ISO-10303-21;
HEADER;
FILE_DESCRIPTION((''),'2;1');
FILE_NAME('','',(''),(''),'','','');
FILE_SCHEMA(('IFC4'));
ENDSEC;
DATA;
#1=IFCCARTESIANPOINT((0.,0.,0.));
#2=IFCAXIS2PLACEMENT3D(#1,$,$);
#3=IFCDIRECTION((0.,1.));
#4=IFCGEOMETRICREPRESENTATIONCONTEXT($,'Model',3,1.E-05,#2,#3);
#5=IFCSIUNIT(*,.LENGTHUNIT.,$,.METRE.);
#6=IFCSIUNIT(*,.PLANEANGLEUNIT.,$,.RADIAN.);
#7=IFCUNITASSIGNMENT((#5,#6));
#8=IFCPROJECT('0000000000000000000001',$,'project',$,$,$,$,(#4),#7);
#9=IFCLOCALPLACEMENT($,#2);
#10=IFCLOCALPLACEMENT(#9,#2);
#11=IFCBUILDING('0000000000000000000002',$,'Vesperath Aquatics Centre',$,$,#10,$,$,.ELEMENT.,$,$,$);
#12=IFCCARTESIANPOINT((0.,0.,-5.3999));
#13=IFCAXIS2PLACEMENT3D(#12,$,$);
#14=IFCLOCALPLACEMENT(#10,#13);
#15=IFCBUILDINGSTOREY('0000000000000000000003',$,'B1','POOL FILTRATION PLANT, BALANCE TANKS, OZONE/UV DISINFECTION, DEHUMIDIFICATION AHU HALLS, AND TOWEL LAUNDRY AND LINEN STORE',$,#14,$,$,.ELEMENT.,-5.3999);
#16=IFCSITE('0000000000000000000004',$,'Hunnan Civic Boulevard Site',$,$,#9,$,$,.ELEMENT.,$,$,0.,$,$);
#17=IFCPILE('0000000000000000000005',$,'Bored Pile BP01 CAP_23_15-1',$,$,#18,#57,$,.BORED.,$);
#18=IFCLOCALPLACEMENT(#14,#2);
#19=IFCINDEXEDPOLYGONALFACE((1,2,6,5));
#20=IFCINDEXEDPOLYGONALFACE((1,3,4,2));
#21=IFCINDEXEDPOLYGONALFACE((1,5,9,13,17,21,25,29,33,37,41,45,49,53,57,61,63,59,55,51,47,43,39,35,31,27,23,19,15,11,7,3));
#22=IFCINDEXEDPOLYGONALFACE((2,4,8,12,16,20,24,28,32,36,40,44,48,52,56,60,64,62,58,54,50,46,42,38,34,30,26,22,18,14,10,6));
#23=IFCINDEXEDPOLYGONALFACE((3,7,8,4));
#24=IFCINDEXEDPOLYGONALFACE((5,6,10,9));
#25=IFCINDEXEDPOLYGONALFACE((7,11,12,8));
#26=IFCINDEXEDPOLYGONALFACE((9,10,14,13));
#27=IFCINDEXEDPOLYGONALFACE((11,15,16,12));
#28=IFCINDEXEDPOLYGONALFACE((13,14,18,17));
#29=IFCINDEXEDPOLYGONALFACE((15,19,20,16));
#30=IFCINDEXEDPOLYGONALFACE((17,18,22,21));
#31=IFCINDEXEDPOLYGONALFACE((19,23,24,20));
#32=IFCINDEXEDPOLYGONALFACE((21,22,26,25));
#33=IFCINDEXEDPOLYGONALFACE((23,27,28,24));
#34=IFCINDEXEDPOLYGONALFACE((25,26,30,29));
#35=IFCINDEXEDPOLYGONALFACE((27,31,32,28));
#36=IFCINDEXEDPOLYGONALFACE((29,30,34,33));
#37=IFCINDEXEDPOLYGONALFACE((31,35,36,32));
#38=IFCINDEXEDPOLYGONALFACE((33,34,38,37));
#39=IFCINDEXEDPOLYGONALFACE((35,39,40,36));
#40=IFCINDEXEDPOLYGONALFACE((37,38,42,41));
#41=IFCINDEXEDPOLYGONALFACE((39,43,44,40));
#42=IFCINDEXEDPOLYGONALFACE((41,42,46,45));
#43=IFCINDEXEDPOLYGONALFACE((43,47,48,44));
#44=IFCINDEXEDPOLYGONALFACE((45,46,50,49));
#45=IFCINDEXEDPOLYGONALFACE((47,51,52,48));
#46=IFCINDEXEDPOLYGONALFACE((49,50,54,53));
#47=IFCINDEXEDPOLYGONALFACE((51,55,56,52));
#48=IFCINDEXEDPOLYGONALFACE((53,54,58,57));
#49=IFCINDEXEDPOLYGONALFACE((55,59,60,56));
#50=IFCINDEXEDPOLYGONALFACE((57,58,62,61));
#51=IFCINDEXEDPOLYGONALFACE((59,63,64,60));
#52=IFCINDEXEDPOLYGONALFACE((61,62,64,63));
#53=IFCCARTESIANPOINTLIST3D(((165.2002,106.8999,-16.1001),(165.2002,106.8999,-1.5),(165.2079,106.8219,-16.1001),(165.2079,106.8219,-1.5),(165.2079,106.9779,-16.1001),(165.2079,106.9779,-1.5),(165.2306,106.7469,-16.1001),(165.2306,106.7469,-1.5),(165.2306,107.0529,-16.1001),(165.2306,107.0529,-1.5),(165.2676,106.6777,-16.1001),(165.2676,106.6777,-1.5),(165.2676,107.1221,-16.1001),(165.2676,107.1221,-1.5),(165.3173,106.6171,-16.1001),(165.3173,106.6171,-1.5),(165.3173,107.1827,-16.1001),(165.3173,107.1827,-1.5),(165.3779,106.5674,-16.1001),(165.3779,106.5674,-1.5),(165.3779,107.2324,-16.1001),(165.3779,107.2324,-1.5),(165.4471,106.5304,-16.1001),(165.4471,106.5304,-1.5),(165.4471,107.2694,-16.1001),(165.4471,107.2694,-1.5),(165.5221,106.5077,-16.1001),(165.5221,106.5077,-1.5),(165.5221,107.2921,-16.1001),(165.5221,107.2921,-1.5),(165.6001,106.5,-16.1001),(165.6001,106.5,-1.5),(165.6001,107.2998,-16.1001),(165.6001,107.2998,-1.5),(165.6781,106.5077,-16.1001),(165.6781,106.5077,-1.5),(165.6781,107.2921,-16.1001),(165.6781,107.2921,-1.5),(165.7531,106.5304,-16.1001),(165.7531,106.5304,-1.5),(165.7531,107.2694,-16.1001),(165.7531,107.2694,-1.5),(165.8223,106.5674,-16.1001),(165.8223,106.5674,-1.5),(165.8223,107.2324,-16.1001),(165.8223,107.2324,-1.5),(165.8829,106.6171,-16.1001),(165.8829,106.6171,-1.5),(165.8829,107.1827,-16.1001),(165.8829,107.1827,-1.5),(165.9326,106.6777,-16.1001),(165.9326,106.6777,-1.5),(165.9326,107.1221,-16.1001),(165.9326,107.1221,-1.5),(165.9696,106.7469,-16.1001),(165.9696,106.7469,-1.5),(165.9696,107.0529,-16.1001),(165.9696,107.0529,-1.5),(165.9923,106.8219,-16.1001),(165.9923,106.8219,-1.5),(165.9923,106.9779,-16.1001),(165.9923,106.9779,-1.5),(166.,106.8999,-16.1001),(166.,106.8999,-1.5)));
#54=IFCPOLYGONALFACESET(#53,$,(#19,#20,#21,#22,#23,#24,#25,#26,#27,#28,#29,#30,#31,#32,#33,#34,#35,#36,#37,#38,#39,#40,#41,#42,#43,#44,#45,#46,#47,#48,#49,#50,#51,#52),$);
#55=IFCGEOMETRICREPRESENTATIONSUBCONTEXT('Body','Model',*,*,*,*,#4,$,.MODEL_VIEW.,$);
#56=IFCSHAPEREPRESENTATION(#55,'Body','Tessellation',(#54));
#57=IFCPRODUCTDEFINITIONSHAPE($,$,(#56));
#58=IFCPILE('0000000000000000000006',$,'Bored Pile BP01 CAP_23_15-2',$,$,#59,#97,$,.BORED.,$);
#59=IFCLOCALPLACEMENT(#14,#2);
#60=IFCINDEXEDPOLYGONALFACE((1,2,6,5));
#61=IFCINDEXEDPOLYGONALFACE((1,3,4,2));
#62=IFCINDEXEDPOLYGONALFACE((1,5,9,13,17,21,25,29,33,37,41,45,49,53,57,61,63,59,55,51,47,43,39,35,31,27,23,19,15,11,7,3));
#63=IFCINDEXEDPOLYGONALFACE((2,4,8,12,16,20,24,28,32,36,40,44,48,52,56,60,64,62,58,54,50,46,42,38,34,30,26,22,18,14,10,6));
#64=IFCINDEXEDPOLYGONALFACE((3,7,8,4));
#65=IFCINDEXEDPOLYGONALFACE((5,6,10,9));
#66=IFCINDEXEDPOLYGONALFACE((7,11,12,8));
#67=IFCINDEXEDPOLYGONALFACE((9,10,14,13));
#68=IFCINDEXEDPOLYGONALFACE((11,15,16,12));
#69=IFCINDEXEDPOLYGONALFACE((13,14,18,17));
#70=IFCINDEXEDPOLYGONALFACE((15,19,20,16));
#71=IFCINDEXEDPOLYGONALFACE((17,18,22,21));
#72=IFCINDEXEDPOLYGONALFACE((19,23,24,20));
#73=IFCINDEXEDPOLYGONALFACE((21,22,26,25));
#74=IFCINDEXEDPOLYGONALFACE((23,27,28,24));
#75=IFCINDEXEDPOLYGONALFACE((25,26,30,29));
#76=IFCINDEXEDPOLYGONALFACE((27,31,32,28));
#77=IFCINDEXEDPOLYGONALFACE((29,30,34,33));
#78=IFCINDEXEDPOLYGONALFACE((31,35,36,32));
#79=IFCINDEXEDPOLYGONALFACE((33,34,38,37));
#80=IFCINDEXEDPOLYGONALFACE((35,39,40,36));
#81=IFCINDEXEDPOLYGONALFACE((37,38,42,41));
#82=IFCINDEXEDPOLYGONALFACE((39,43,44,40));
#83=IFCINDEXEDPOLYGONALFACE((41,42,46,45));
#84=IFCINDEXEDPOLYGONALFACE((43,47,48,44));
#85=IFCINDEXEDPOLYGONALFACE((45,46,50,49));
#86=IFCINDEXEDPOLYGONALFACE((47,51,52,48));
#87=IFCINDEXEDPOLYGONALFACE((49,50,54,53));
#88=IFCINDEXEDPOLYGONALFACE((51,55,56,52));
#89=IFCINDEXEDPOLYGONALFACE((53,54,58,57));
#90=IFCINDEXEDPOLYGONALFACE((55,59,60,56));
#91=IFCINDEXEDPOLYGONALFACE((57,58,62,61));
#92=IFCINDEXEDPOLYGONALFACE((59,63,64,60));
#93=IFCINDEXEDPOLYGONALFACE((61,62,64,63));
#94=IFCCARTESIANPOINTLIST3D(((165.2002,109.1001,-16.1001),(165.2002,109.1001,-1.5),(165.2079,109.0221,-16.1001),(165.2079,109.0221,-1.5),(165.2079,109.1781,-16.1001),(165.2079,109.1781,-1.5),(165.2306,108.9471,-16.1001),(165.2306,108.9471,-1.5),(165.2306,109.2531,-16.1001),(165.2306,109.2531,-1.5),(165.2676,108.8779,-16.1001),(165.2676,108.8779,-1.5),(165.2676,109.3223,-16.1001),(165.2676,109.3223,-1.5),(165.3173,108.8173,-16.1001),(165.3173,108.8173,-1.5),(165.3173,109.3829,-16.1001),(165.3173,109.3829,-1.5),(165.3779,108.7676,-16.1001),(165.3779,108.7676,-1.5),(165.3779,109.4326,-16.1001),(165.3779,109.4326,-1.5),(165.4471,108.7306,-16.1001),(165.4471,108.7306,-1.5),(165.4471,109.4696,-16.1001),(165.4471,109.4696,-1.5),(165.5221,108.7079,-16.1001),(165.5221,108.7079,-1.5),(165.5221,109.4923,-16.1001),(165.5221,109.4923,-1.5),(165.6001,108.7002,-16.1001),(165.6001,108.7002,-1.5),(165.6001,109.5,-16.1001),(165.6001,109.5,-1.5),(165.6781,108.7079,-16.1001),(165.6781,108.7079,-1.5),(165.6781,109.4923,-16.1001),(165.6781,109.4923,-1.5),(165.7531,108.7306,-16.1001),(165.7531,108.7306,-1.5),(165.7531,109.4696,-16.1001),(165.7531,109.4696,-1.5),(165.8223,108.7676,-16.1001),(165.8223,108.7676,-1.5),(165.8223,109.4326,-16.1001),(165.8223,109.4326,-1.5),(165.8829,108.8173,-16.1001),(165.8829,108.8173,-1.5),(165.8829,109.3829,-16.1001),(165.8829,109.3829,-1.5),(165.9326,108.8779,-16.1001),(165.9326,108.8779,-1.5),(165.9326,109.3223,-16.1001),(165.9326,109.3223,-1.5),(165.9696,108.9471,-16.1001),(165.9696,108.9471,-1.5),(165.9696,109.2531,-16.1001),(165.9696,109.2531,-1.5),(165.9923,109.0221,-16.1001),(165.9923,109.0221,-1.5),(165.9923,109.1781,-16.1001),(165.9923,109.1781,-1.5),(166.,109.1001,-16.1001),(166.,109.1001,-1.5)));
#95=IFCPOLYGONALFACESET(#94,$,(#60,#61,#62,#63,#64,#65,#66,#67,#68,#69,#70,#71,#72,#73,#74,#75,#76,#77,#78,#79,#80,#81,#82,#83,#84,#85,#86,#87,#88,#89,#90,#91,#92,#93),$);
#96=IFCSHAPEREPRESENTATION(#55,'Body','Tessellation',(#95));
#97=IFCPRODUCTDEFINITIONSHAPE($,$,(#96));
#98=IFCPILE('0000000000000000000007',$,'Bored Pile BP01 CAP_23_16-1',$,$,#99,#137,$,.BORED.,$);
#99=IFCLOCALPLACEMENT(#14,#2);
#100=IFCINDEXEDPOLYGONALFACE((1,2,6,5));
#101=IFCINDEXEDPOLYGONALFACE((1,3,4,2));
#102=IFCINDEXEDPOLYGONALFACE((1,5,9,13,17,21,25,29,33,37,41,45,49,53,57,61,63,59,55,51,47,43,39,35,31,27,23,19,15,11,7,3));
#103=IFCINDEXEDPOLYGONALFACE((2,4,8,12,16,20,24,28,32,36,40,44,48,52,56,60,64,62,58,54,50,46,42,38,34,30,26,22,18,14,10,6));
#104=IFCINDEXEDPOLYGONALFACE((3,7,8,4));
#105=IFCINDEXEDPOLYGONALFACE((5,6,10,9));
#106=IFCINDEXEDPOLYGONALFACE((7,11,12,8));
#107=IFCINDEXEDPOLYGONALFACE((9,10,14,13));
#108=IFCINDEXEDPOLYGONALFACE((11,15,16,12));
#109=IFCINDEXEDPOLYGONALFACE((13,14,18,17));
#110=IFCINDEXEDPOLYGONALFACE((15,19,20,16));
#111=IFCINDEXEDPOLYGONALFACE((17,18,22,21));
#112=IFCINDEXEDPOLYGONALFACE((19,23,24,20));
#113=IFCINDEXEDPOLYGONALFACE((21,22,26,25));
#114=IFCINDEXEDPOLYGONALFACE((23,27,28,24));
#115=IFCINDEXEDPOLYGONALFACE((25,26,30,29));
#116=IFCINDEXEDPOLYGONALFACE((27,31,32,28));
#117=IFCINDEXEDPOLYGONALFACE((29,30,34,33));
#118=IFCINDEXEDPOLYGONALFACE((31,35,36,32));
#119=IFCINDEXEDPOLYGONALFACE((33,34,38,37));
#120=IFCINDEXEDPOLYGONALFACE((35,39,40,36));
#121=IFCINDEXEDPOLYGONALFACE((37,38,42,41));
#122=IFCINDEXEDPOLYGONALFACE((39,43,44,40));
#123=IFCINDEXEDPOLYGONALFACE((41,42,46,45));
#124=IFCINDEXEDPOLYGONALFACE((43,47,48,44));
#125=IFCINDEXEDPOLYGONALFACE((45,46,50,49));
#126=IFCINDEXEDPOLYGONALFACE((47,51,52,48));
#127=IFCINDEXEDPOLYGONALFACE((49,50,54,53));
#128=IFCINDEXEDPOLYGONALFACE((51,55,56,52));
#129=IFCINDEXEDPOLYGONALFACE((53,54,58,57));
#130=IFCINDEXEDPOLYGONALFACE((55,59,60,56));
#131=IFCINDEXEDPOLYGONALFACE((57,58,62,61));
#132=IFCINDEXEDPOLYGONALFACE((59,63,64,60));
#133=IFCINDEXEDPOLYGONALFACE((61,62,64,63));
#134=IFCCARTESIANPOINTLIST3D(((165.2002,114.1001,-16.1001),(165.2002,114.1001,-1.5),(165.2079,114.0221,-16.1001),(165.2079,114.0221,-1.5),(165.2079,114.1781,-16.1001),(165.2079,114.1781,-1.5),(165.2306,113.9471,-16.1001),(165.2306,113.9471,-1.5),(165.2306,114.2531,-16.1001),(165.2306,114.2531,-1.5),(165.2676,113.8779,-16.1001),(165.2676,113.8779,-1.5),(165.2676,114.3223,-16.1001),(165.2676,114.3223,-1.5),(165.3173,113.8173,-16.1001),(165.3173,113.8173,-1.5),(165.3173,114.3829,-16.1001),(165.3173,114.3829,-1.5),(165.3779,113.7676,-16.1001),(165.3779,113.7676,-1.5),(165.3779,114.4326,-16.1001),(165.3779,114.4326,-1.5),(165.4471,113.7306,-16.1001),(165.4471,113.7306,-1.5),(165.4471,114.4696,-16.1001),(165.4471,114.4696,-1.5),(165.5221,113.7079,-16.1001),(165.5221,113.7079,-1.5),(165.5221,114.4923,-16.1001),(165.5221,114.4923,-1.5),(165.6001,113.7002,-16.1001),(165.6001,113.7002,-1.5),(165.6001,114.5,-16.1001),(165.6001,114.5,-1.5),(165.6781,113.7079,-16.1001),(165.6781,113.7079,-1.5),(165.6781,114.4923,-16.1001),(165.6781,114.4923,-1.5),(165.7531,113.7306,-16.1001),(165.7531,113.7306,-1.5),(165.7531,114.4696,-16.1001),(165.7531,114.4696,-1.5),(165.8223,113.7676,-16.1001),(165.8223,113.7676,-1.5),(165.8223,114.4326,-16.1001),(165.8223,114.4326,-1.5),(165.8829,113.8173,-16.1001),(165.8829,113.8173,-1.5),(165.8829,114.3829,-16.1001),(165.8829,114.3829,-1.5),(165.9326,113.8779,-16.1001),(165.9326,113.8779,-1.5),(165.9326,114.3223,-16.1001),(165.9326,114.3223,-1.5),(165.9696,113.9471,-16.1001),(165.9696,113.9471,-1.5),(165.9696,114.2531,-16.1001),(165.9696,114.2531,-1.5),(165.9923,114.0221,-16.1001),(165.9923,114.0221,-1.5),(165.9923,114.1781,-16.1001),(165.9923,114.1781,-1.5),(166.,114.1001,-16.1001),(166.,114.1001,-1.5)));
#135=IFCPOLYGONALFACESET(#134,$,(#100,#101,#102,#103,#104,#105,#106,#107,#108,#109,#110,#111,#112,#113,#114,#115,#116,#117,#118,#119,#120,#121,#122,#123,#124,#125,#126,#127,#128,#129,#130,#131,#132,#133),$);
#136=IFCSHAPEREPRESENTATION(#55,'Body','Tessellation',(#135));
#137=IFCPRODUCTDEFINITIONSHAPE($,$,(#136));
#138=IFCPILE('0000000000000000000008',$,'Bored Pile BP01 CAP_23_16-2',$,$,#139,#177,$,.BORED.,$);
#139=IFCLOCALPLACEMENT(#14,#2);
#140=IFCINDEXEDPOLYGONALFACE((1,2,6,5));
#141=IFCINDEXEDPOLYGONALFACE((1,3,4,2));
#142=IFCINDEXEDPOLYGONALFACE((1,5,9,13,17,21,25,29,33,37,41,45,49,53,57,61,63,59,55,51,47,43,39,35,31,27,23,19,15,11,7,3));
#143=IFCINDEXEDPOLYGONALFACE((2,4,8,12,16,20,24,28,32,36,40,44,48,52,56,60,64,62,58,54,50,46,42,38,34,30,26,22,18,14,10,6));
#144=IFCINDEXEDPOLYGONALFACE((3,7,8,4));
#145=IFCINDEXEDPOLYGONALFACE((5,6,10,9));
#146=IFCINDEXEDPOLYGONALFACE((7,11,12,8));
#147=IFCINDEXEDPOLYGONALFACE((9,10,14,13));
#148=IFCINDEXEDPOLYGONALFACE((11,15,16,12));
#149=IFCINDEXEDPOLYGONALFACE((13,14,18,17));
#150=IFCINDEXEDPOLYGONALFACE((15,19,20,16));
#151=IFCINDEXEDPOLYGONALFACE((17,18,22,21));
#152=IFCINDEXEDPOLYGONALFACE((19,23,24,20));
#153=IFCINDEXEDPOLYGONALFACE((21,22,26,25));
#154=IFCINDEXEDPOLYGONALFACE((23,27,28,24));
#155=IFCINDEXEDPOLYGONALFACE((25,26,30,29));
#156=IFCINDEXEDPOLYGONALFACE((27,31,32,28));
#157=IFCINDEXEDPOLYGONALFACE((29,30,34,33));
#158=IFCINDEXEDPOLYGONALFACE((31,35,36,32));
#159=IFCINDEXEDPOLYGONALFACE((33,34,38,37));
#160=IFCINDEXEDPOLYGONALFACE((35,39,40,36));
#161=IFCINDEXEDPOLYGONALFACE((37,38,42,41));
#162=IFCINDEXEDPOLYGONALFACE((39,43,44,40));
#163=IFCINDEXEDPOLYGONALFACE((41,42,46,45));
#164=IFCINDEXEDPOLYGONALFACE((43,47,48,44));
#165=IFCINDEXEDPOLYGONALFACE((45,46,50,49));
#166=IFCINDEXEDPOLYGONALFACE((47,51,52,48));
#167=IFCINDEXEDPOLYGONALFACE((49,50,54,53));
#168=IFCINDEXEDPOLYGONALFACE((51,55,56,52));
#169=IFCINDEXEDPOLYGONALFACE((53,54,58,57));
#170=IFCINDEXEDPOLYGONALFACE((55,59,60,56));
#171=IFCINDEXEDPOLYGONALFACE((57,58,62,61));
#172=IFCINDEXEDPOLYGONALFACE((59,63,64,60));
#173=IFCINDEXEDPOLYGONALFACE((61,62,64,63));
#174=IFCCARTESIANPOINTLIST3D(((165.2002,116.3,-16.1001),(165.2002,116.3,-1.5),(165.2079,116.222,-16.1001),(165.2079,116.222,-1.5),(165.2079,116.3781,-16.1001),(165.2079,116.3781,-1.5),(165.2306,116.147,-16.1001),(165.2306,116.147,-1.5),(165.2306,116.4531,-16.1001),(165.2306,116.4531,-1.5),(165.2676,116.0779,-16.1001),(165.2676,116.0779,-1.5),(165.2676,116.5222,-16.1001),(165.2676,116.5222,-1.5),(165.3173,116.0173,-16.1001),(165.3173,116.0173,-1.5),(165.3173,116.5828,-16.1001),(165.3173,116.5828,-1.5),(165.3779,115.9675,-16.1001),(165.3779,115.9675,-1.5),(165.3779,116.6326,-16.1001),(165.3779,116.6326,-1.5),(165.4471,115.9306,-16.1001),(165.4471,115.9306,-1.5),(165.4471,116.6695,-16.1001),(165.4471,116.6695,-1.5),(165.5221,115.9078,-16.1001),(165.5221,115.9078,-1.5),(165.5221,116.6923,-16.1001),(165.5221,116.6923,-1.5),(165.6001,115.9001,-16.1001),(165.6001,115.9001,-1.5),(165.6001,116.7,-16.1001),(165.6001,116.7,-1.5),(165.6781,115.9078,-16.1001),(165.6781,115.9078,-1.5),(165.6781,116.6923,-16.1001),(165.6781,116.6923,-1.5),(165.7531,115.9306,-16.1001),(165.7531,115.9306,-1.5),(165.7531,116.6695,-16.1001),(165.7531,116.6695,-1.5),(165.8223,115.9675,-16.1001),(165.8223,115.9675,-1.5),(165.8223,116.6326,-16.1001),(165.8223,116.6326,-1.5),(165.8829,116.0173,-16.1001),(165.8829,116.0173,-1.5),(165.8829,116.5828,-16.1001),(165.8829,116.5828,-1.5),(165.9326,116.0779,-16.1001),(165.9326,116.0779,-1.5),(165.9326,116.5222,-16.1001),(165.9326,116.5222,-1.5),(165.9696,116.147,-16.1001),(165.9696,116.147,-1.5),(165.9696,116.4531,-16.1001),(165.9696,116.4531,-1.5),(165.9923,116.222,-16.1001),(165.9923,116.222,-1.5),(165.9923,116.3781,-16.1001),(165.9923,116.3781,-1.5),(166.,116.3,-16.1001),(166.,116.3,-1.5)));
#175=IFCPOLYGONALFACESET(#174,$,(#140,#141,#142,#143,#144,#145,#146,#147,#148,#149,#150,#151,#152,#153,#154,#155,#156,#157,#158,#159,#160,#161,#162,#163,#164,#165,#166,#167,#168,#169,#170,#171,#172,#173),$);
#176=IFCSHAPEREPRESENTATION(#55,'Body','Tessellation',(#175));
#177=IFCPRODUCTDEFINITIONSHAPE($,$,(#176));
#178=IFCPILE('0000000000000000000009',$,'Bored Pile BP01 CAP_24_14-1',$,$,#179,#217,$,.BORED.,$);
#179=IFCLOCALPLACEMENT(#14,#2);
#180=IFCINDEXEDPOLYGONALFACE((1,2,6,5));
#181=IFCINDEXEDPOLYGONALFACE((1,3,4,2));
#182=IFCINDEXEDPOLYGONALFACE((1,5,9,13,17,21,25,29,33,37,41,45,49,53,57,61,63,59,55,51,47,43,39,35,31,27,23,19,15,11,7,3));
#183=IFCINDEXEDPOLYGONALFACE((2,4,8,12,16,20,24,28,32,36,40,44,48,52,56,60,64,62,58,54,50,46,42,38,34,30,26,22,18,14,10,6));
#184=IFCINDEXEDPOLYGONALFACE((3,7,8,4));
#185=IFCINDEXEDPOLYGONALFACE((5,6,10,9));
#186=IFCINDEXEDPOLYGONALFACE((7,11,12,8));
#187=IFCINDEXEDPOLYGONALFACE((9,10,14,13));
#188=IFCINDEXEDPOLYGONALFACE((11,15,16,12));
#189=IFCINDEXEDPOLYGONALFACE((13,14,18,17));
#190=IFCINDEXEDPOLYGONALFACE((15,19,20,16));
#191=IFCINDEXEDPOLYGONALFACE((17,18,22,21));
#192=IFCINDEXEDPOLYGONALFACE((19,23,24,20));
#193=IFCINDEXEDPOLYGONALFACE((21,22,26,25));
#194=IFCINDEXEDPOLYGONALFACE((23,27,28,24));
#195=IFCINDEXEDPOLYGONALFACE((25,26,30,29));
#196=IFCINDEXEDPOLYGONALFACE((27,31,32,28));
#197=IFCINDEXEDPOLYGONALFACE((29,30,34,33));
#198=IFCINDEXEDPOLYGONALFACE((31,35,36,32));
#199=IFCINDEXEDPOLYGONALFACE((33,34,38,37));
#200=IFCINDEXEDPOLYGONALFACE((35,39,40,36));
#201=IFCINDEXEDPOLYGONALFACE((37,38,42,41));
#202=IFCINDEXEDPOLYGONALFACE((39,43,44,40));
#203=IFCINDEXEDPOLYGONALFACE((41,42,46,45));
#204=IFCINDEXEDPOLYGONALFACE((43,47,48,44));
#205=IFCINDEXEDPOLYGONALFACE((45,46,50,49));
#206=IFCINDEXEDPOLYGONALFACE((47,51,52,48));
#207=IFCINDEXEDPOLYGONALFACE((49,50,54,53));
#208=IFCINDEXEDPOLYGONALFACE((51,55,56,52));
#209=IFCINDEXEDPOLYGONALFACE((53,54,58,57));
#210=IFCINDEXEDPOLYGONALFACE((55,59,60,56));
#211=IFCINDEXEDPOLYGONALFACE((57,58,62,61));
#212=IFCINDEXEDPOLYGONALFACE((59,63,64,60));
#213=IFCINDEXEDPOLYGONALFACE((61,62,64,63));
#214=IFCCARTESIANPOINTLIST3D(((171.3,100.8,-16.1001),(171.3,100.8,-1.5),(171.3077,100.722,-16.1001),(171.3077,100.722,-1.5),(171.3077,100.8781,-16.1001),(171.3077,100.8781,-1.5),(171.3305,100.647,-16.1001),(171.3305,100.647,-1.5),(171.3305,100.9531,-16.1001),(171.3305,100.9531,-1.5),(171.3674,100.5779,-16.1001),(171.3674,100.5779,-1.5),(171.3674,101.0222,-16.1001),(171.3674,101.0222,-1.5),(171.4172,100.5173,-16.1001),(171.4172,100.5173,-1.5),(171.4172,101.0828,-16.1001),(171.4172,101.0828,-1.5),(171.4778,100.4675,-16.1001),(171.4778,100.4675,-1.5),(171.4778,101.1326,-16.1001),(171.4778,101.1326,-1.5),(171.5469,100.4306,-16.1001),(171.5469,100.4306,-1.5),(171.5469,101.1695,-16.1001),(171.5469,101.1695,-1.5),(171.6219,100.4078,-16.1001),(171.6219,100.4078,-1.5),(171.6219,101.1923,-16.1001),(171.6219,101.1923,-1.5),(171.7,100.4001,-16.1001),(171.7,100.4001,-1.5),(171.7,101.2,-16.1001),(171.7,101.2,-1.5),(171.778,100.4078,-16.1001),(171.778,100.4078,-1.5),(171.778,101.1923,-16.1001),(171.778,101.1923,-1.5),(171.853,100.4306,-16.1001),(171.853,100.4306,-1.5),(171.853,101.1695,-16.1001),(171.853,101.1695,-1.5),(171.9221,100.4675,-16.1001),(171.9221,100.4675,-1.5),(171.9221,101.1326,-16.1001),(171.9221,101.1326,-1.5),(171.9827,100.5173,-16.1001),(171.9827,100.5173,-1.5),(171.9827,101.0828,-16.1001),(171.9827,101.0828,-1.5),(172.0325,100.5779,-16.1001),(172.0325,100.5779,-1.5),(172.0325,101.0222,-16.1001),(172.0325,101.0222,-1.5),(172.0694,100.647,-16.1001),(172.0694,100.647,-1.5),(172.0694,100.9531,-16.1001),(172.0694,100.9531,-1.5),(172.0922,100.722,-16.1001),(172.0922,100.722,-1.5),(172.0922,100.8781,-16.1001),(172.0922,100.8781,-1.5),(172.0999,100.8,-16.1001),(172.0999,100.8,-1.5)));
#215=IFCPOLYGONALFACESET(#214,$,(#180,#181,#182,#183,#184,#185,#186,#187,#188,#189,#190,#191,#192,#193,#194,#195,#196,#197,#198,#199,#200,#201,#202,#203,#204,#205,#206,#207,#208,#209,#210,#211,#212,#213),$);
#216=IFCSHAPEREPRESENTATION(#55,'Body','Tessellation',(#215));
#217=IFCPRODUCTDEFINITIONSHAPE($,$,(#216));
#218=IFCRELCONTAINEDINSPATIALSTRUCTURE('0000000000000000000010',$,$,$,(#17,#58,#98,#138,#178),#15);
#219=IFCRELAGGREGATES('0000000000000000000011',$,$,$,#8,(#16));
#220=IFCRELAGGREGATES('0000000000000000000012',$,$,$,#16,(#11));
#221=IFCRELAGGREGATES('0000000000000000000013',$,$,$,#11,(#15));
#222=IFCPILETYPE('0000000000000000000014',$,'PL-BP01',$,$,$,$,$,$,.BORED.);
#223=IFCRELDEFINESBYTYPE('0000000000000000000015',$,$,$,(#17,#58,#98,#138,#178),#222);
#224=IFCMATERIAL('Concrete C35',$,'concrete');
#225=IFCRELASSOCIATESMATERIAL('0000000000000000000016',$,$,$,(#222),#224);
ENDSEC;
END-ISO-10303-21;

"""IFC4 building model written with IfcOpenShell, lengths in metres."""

from ifc_helpers import new_model, si_unit, direction, frame, origin, origin_2d, place, context, subcontext, project, spatial, circle, extrude, material, material_profile, profile_set, type_object, element, save


model = new_model("IFC4")

# Units and contexts
model_context = context("Model", 3, precision=1e-05, world=origin(), true_north=direction((0.0, 1.0)))
body_context = subcontext(model_context, "Body", "Model", "MODEL_VIEW")
ifc_project = project(units=[si_unit("LENGTHUNIT", "METRE"), si_unit("PLANEANGLEUNIT", "RADIAN")], contexts=[model_context])

# Site, building, storey
site_placement = place(None, origin())
site = spatial("IfcSite", under=ifc_project, at=site_placement, Name="Hunnan Civic Boulevard Site", CompositionType="ELEMENT", RefElevation=0.0)
building_placement = place(site_placement, origin())
building = spatial("IfcBuilding", under=site, at=building_placement, Name="Vesperath Aquatics Centre", CompositionType="ELEMENT")
storey_placement = place(building_placement, frame((0.0, 0.0, -5.3999)))
storey = spatial("IfcBuildingStorey", under=building, at=storey_placement, Name="B1", Description="POOL FILTRATION PLANT, BALANCE TANKS, OZONE/UV DISINFECTION, DEHUMIDIFICATION AHU HALLS, AND TOWEL LAUNDRY AND LINEN STORE", CompositionType="ELEMENT", Elevation=-5.3999)

# Piles
ifc_material_1 = material(Name="Concrete C35", Category="concrete")
ifc_material_profile_1 = material_profile(ifc_material_1, circle(Radius=0.3999, at=origin_2d()), Name="PILE D800")
ifc_profile_set_1 = profile_set([ifc_material_profile_1], Name="Concrete C35")
pile_type = type_object("IfcPileType", Name="PL-BP01", PredefinedType="BORED", material=ifc_profile_set_1)
for number, where, z_axis, x_axis, name in (
    (1, (165.6001, 106.8999, -1.5), (0.0, 0.0, -1.0), (1.0, 0.0, 0.0), "Bored Pile BP01 CAP_23_15-1"),
    (2, (165.6001, 109.1001, -1.5), (0.0, 0.0, -1.0), (1.0, 0.0, 0.0), "Bored Pile BP01 CAP_23_15-2"),
    (3, (165.6001, 114.1001, -1.5), (0.0, 0.0, -1.0), (1.0, 0.0, 0.0), "Bored Pile BP01 CAP_23_16-1"),
    (4, (165.6001, 116.3, -1.5), (0.0, 0.0, -1.0), (1.0, 0.0, 0.0), "Bored Pile BP01 CAP_23_16-2"),
    (5, (171.7, 100.8, -1.5), (0.0, 0.0, -1.0), (1.0, 0.0, 0.0), "Bored Pile BP01 CAP_24_14-1"),
):
    element("IfcPile", number, at=place(storey_placement, frame(where, z_axis=z_axis, x_axis=x_axis)), inside=storey, type_object=pile_type, Name=name, PredefinedType="BORED", context=body_context, shape_type="SweptSolid", body=[
        extrude(circle(Radius=0.3999, at=origin_2d()), origin(), (0.0, 0.0, 1.0), 14.6001),
    ])

save(model, "model.ifc")
